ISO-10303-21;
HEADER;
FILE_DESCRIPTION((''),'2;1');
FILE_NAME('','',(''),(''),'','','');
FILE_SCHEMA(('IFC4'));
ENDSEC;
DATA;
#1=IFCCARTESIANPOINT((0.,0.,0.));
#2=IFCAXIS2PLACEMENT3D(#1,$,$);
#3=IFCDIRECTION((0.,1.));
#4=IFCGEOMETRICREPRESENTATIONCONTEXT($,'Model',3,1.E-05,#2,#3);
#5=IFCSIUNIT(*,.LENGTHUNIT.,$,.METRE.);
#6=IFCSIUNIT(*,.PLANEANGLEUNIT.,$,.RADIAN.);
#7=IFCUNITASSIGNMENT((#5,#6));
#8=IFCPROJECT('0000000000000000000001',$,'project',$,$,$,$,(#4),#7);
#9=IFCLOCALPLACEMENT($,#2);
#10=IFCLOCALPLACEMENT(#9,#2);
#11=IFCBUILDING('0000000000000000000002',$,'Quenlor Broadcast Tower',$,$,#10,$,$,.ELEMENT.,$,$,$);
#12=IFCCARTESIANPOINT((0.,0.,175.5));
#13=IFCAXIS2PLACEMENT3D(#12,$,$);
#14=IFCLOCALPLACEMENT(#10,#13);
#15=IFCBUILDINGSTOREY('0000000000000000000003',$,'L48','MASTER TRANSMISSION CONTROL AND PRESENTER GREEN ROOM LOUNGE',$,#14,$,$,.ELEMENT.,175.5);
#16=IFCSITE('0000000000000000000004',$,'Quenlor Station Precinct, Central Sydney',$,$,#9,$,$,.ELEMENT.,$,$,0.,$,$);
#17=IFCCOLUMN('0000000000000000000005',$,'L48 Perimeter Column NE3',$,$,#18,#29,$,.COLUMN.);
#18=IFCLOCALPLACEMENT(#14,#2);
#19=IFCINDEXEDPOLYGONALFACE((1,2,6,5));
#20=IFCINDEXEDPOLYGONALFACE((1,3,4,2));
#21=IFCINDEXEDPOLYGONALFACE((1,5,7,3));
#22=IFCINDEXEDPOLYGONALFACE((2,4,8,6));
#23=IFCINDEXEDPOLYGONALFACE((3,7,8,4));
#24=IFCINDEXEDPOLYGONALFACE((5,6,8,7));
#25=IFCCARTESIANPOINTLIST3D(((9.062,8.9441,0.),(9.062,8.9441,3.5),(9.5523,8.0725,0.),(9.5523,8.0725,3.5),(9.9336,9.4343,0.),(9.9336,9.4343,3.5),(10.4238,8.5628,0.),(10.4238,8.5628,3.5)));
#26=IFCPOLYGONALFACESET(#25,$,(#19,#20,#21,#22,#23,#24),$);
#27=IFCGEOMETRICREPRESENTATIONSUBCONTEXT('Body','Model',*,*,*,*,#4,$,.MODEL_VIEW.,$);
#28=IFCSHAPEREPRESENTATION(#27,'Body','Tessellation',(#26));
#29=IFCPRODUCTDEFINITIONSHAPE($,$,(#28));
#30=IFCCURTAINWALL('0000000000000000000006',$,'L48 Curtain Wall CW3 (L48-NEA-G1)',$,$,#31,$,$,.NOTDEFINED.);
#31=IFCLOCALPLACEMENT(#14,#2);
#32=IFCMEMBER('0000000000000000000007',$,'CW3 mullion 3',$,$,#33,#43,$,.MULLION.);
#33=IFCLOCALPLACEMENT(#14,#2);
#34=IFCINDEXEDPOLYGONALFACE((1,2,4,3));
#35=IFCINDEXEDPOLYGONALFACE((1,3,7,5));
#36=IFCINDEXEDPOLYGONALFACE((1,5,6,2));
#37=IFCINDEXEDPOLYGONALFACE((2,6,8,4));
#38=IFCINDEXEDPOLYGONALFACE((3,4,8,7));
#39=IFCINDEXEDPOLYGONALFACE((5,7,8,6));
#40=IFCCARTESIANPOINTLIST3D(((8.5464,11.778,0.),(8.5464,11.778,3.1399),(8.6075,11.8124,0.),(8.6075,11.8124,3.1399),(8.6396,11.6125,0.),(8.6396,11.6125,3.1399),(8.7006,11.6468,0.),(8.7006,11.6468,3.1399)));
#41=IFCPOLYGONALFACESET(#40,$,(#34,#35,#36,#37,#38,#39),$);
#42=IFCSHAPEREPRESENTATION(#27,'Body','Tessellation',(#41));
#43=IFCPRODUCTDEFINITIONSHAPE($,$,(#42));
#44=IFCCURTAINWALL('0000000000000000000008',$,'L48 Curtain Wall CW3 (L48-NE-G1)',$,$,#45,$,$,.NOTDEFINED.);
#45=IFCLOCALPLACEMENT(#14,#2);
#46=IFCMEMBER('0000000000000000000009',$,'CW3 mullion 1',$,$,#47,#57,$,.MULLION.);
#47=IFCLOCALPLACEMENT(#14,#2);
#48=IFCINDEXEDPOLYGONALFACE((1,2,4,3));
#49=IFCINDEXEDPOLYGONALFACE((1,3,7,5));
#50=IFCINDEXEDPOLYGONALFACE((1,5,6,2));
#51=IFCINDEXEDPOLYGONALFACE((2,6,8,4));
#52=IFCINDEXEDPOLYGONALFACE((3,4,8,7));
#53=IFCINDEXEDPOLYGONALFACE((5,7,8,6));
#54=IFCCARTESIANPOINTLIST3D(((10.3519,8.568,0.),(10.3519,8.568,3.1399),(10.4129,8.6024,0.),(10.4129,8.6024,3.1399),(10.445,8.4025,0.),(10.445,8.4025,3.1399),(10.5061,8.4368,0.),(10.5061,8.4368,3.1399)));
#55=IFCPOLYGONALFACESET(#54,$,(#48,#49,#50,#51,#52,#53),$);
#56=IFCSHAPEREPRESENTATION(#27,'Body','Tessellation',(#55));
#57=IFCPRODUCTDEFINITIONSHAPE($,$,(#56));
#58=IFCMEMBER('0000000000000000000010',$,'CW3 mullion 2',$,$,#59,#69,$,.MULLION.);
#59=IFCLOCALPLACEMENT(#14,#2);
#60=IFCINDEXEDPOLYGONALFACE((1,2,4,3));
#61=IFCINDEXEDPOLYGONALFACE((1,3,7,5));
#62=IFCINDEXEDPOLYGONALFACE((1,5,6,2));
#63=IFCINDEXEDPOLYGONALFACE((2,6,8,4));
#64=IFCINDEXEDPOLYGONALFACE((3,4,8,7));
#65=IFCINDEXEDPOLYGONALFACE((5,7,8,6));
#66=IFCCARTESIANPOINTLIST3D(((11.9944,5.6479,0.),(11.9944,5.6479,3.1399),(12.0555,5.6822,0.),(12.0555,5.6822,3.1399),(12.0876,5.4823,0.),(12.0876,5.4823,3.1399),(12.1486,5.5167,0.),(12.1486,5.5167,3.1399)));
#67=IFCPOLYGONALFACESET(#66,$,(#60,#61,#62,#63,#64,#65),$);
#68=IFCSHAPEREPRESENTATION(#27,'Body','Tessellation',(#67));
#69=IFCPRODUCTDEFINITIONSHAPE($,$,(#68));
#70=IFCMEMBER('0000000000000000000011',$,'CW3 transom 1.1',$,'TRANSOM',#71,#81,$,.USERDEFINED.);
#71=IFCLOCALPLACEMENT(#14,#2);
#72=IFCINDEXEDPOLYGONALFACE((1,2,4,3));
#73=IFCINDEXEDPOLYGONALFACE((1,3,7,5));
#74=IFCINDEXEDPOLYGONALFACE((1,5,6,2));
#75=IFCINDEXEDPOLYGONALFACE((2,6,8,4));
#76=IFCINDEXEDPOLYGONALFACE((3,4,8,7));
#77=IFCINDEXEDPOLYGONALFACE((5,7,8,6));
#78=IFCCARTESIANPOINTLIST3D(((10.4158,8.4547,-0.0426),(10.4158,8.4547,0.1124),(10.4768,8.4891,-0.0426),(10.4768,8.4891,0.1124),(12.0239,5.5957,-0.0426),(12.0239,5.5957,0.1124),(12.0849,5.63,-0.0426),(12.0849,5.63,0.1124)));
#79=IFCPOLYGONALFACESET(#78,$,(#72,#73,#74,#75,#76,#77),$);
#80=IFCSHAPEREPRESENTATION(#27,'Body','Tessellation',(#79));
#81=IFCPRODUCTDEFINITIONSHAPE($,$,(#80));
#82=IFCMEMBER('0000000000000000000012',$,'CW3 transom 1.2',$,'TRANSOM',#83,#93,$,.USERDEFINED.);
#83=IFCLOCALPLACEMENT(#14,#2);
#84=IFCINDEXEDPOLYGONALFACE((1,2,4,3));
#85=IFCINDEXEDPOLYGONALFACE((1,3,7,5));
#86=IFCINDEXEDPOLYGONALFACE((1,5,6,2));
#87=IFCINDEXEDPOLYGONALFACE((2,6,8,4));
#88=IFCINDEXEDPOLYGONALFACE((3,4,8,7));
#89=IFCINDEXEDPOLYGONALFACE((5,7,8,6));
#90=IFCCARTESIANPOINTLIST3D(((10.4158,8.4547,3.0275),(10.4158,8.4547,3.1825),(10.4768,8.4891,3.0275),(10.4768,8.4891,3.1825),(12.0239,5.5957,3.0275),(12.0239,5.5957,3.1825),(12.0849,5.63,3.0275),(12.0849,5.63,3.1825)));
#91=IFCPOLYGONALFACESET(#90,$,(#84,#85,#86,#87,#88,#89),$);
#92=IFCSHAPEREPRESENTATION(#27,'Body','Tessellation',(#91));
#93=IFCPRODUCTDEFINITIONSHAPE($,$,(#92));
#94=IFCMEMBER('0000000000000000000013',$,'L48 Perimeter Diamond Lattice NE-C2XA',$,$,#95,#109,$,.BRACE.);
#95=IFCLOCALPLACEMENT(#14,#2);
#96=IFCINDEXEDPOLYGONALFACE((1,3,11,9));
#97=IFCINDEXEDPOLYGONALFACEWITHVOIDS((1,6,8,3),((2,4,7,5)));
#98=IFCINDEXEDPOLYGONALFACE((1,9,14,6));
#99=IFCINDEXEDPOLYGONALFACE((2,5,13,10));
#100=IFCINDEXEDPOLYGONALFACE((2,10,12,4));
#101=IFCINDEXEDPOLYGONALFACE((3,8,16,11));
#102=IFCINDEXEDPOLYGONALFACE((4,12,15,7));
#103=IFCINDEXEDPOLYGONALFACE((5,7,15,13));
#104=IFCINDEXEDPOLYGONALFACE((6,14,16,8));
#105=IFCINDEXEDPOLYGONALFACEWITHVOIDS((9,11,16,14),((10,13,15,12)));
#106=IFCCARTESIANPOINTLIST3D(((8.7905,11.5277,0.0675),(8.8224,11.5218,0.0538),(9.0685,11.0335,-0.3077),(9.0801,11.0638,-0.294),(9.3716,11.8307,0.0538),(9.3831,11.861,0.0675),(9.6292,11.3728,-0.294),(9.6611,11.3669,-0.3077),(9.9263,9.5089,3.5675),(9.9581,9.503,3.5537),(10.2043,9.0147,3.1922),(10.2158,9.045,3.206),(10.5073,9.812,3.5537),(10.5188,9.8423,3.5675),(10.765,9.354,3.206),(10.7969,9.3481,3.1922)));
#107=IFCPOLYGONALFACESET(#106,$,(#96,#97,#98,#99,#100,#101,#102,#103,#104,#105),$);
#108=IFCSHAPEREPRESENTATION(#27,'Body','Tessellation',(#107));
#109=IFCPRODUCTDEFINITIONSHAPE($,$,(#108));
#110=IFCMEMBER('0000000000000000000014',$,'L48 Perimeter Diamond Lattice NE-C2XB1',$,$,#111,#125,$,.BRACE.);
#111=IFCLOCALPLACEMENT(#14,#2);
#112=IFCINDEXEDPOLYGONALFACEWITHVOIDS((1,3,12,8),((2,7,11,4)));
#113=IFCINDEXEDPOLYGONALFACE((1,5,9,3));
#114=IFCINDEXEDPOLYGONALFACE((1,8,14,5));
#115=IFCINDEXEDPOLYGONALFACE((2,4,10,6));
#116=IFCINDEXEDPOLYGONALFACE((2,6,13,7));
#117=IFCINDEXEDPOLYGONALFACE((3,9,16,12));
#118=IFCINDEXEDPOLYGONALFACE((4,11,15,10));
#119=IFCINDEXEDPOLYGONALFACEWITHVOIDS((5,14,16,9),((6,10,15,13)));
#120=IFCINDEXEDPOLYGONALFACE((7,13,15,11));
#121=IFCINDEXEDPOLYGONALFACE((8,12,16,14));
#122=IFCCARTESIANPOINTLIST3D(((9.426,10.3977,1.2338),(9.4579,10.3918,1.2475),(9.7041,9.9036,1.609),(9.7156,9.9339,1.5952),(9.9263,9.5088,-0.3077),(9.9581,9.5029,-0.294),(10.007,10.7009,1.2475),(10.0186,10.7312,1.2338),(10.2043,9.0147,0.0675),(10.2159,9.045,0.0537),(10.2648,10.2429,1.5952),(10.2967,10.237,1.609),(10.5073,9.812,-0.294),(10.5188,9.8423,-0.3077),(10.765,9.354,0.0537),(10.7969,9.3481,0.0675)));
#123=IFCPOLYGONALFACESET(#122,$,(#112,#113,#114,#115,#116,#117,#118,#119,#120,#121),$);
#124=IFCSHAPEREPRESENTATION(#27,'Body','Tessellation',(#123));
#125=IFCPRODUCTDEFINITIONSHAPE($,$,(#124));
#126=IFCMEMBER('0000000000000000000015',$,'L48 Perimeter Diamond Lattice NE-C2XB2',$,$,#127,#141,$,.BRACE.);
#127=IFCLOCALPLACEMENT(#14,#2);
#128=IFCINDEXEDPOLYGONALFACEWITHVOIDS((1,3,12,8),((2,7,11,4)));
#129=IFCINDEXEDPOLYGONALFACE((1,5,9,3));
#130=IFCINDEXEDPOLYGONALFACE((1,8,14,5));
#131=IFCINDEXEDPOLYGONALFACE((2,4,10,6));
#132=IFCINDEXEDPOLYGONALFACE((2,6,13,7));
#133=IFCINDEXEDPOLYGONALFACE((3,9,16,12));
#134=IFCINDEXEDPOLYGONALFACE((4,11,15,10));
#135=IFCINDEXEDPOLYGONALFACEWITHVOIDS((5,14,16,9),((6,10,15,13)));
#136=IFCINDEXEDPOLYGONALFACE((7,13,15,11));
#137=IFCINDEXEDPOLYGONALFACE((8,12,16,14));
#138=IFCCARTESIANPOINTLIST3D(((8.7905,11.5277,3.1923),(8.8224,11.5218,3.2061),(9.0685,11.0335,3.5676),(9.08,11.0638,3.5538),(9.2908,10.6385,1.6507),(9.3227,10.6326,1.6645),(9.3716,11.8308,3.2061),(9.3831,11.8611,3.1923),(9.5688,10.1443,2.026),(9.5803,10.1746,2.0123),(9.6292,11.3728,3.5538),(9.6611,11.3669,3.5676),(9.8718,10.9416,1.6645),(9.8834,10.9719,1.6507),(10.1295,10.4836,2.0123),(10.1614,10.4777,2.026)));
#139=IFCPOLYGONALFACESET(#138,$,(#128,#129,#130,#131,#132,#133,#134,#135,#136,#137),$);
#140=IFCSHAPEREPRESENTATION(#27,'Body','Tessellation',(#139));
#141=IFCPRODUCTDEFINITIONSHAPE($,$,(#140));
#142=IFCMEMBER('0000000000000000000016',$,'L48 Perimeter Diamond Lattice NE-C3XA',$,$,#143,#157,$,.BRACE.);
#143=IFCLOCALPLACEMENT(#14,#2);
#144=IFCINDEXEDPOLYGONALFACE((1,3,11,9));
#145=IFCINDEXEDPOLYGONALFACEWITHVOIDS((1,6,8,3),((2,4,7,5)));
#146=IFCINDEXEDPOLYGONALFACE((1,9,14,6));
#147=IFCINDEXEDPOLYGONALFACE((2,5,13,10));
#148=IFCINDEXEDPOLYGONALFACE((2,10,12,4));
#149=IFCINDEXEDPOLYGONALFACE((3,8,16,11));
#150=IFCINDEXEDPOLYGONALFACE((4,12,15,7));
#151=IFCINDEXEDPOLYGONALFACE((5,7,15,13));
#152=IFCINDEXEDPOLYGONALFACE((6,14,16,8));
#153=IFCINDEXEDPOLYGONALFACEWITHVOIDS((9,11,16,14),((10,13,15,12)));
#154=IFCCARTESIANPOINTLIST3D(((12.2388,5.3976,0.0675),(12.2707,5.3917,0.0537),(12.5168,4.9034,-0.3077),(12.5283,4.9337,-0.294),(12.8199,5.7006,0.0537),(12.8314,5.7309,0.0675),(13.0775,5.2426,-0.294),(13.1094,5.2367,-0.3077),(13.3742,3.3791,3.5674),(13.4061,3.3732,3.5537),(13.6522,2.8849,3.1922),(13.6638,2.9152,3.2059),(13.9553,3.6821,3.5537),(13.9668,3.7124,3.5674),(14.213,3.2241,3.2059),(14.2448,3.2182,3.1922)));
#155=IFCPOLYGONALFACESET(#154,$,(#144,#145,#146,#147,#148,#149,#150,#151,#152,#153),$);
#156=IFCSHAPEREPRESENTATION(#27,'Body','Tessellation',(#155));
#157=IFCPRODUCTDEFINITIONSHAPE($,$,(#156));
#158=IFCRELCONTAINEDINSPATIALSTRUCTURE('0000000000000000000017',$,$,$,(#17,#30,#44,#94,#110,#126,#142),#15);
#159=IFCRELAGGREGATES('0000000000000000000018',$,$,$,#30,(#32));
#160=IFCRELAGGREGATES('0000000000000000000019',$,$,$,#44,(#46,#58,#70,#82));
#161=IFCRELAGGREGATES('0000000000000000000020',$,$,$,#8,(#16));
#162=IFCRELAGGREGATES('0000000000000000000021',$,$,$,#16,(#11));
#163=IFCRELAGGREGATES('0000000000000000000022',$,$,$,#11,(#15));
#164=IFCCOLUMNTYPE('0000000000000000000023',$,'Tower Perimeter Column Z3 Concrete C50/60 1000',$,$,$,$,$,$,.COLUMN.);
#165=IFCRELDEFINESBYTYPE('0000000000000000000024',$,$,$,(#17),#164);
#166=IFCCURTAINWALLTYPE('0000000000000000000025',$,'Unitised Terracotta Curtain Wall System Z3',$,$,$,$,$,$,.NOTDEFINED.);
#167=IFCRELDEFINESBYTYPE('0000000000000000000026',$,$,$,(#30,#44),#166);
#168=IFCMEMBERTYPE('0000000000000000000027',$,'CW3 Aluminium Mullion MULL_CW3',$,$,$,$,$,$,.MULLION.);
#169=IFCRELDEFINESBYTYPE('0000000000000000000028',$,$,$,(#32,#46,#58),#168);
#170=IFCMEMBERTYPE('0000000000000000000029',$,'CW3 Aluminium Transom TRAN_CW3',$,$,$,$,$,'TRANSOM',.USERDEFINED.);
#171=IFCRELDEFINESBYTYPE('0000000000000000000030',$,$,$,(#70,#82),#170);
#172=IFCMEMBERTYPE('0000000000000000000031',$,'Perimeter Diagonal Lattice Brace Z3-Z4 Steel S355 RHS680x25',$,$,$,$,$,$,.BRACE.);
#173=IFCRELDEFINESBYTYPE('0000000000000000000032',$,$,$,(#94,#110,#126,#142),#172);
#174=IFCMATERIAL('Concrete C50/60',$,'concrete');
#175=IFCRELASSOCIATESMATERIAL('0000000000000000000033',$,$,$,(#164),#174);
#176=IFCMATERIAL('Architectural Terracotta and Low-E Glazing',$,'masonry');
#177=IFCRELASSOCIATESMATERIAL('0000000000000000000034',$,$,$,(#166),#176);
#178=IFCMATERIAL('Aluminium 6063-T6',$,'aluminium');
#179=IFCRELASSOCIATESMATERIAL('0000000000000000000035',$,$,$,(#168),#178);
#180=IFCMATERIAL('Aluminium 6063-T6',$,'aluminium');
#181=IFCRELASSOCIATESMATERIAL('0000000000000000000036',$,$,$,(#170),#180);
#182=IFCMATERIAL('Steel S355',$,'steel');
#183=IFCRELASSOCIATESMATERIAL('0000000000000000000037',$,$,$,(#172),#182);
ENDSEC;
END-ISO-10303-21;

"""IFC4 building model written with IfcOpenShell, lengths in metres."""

from ifc_helpers import new_model, si_unit, direction, frame, origin, origin_2d, place, context, subcontext, project, spatial, rectangle, hollow_rectangle, extrude, material, material_profile, profile_set, type_object, element, aggregate, save


model = new_model("IFC4")

# Units and contexts
model_context = context("Model", 3, precision=1e-05, world=origin(), true_north=direction((0.0, 1.0)))
body_context = subcontext(model_context, "Body", "Model", "MODEL_VIEW")
ifc_project = project(units=[si_unit("LENGTHUNIT", "METRE"), si_unit("PLANEANGLEUNIT", "RADIAN")], contexts=[model_context])

# Site, building, storey
site_placement = place(None, origin())
site = spatial("IfcSite", under=ifc_project, at=site_placement, Name="Quenlor Station Precinct, Central Sydney", CompositionType="ELEMENT", RefElevation=0.0)
building_placement = place(site_placement, origin())
building = spatial("IfcBuilding", under=site, at=building_placement, Name="Quenlor Broadcast Tower", CompositionType="ELEMENT")
storey_placement = place(building_placement, frame((0.0, 0.0, 175.5)))
storey = spatial("IfcBuildingStorey", under=building, at=storey_placement, Name="L48", Description="MASTER TRANSMISSION CONTROL AND PRESENTER GREEN ROOM LOUNGE", CompositionType="ELEMENT", Elevation=175.5)

# Column
ifc_material_1 = material(Name="Concrete C50/60", Category="concrete")
ifc_material_profile_1 = material_profile(ifc_material_1, rectangle(XDim=1.0, YDim=1.0, at=origin_2d()))
ifc_profile_set_1 = profile_set([ifc_material_profile_1], Name="Concrete C50/60 RC1000x1000")
column_type = type_object("IfcColumnType", Name="Tower Perimeter Column Z3 Concrete C50/60 1000", PredefinedType="COLUMN", material=ifc_profile_set_1)
column_placement = place(storey_placement, frame((9.7429, 8.7534, 0.0), z_axis=(0.0, 0.0, 1.0), x_axis=(0.871575, 0.490262, 0.0)))
element("IfcColumn", 1, at=column_placement, inside=storey, type_object=column_type, Name="L48 Perimeter Column NE3", PredefinedType="COLUMN", context=body_context, shape_type="SweptSolid", body=[
    extrude(rectangle(XDim=1.0, YDim=1.0, at=origin_2d()), origin(), (0.0, 0.0, 1.0), 3.5),
])

# Curtain wall, member
ifc_material_2 = material(Name="Architectural Terracotta and Low-E Glazing", Category="masonry")
curtain_wall_type = type_object("IfcCurtainWallType", Name="Unitised Terracotta Curtain Wall System Z3", PredefinedType="NOTDEFINED", material=ifc_material_2)
curtain_wall_1_placement = place(storey_placement, origin())
curtain_wall_1 = element("IfcCurtainWall", 2, at=curtain_wall_1_placement, inside=storey, type_object=curtain_wall_type, Name="L48 Curtain Wall CW3 (L48-NEA-G1)", PredefinedType="NOTDEFINED")
ifc_material_3 = material(Name="Aluminium 6063-T6", Category="aluminium")
ifc_material_profile_2 = material_profile(ifc_material_3, rectangle(XDim=0.0701, YDim=0.1899, at=origin_2d()))
ifc_profile_set_2 = profile_set([ifc_material_profile_2], Name="Aluminium 6063-T6 MULL70x190")
member_type_1 = type_object("IfcMemberType", Name="CW3 Aluminium Mullion MULL_CW3", PredefinedType="MULLION", material=ifc_profile_set_2)
member_1_placement = place(storey_placement, frame((8.6235, 11.7124, 0.0), z_axis=(0.0, 0.0, 1.0), x_axis=(0.871571, 0.49027, 0.0)))
member_1 = element("IfcMember", 3, at=member_1_placement, type_object=member_type_1, Name="CW3 mullion 3", PredefinedType="MULLION", context=body_context, shape_type="SweptSolid", body=[
    extrude(rectangle(XDim=0.0701, YDim=0.1899, at=origin_2d()), origin(), (0.0, 0.0, 1.0), 3.1399),
])

# Curtain wall, members
curtain_wall_2_placement = place(storey_placement, origin())
curtain_wall_2 = element("IfcCurtainWall", 4, at=curtain_wall_2_placement, inside=storey, type_object=curtain_wall_type, Name="L48 Curtain Wall CW3 (L48-NE-G1)", PredefinedType="NOTDEFINED")
member_2_placement = place(storey_placement, frame((10.429, 8.5024, 0.0), z_axis=(0.0, 0.0, 1.0), x_axis=(0.871579, 0.490256, 0.0)))
member_2 = element("IfcMember", 5, at=member_2_placement, type_object=member_type_1, Name="CW3 mullion 1", PredefinedType="MULLION", context=body_context, shape_type="SweptSolid", body=[
    extrude(rectangle(XDim=0.0701, YDim=0.1899, at=origin_2d()), origin(), (0.0, 0.0, 1.0), 3.1399),
])
member_3_placement = place(storey_placement, frame((12.0715, 5.5823, 0.0), z_axis=(0.0, 0.0, 1.0), x_axis=(0.871579, 0.490256, 0.0)))
member_3 = element("IfcMember", 6, at=member_3_placement, type_object=member_type_1, Name="CW3 mullion 2", PredefinedType="MULLION", context=body_context, shape_type="SweptSolid", body=[
    extrude(rectangle(XDim=0.0701, YDim=0.1899, at=origin_2d()), origin(), (0.0, 0.0, 1.0), 3.1399),
])
ifc_material_4 = material(Name="Aluminium 6063-T6", Category="aluminium")
ifc_material_profile_3 = material_profile(ifc_material_4, rectangle(XDim=0.0701, YDim=0.155, at=origin_2d()))
ifc_profile_set_3 = profile_set([ifc_material_profile_3], Name="Aluminium 6063-T6 TRAN70x155")
member_type_2 = type_object("IfcMemberType", Name="CW3 Aluminium Transom TRAN_CW3", ElementType="TRANSOM", PredefinedType="USERDEFINED", material=ifc_profile_set_3)
member_4_placement = place(storey_placement, frame((10.4463, 8.4719, 0.0349), z_axis=(0.490237, -0.871589, 0.0), x_axis=(0.871589, 0.490237, 0.0)))
member_4 = element("IfcMember", 7, at=member_4_placement, type_object=member_type_2, Name="CW3 transom 1.1", ObjectType="TRANSOM", PredefinedType="USERDEFINED", context=body_context, shape_type="SweptSolid", body=[
    extrude(rectangle(XDim=0.0701, YDim=0.155, at=origin_2d()), origin(), (0.0, 0.0, 1.0), 3.2803),
])
member_5_placement = place(storey_placement, frame((10.4463, 8.4719, 3.105), z_axis=(0.490237, -0.871589, 0.0), x_axis=(0.871589, 0.490237, 0.0)))
member_5 = element("IfcMember", 8, at=member_5_placement, type_object=member_type_2, Name="CW3 transom 1.2", ObjectType="TRANSOM", PredefinedType="USERDEFINED", context=body_context, shape_type="SweptSolid", body=[
    extrude(rectangle(XDim=0.0701, YDim=0.155, at=origin_2d()), origin(), (0.0, 0.0, 1.0), 3.2803),
])

# Members
ifc_material_5 = material(Name="Steel S355", Category="steel")
ifc_material_profile_4 = material_profile(ifc_material_5, hollow_rectangle(XDim=0.6799, YDim=0.6799, WallThickness=0.0249, at=origin_2d()))
ifc_profile_set_4 = profile_set([ifc_material_profile_4], Name="Steel S355 RHS680x680x25")
member_type_3 = type_object("IfcMemberType", Name="Perimeter Diagonal Lattice Brace Z3-Z4 Steel S355 RHS680x25", PredefinedType="BRACE", material=ifc_profile_set_4)
member_6_placement = place(storey_placement, frame((9.2258, 11.4473, -0.1201), z_axis=(0.270603, -0.481001, 0.833914), x_axis=(0.871545, 0.490316, 0.0)))
element("IfcMember", 9, at=member_6_placement, inside=storey, type_object=member_type_3, Name="L48 Perimeter Diamond Lattice NE-C2XA", PredefinedType="BRACE", context=body_context, shape_type="SweptSolid", body=[
    extrude(hollow_rectangle(XDim=0.6799, YDim=0.6799, WallThickness=0.0249, at=origin_2d()), origin(), (0.0, 0.0, 1.0), 4.197),
])
member_7_placement = place(storey_placement, frame((10.3616, 9.4285, -0.1201), z_axis=(-0.270634, 0.480906, 0.833958), x_axis=(-0.87148, -0.490432, 0.0)))
element("IfcMember", 10, at=member_7_placement, inside=storey, type_object=member_type_3, Name="L48 Perimeter Diamond Lattice NE-C2XB1", PredefinedType="BRACE", context=body_context, shape_type="SweptSolid", body=[
    extrude(hollow_rectangle(XDim=0.6799, YDim=0.6799, WallThickness=0.0249, at=origin_2d()), origin(), (0.0, 0.0, 1.0), 1.8484),
])
member_8_placement = place(storey_placement, frame((9.7261, 10.5581, 1.8384), z_axis=(-0.270616, 0.481008, 0.833905), x_axis=(-0.871537, -0.490329, 0.0)))
element("IfcMember", 11, at=member_8_placement, inside=storey, type_object=member_type_3, Name="L48 Perimeter Diamond Lattice NE-C2XB2", PredefinedType="BRACE", context=body_context, shape_type="SweptSolid", body=[
    extrude(hollow_rectangle(XDim=0.6799, YDim=0.6799, WallThickness=0.0249, at=origin_2d()), origin(), (0.0, 0.0, 1.0), 1.8486),
])
member_9_placement = place(storey_placement, frame((12.6741, 5.3171, -0.1201), z_axis=(0.270557, -0.480964, 0.83395), x_axis=(0.871564, 0.490281, 0.0)))
element("IfcMember", 12, at=member_9_placement, inside=storey, type_object=member_type_3, Name="L48 Perimeter Diamond Lattice NE-C3XA", PredefinedType="BRACE", context=body_context, shape_type="SweptSolid", body=[
    extrude(hollow_rectangle(XDim=0.6799, YDim=0.6799, WallThickness=0.0249, at=origin_2d()), origin(), (0.0, 0.0, 1.0), 4.1968),
])

aggregate(curtain_wall_1, [member_1])
aggregate(curtain_wall_2, [member_2, member_3, member_4, member_5])

save(model, "model.ifc")
